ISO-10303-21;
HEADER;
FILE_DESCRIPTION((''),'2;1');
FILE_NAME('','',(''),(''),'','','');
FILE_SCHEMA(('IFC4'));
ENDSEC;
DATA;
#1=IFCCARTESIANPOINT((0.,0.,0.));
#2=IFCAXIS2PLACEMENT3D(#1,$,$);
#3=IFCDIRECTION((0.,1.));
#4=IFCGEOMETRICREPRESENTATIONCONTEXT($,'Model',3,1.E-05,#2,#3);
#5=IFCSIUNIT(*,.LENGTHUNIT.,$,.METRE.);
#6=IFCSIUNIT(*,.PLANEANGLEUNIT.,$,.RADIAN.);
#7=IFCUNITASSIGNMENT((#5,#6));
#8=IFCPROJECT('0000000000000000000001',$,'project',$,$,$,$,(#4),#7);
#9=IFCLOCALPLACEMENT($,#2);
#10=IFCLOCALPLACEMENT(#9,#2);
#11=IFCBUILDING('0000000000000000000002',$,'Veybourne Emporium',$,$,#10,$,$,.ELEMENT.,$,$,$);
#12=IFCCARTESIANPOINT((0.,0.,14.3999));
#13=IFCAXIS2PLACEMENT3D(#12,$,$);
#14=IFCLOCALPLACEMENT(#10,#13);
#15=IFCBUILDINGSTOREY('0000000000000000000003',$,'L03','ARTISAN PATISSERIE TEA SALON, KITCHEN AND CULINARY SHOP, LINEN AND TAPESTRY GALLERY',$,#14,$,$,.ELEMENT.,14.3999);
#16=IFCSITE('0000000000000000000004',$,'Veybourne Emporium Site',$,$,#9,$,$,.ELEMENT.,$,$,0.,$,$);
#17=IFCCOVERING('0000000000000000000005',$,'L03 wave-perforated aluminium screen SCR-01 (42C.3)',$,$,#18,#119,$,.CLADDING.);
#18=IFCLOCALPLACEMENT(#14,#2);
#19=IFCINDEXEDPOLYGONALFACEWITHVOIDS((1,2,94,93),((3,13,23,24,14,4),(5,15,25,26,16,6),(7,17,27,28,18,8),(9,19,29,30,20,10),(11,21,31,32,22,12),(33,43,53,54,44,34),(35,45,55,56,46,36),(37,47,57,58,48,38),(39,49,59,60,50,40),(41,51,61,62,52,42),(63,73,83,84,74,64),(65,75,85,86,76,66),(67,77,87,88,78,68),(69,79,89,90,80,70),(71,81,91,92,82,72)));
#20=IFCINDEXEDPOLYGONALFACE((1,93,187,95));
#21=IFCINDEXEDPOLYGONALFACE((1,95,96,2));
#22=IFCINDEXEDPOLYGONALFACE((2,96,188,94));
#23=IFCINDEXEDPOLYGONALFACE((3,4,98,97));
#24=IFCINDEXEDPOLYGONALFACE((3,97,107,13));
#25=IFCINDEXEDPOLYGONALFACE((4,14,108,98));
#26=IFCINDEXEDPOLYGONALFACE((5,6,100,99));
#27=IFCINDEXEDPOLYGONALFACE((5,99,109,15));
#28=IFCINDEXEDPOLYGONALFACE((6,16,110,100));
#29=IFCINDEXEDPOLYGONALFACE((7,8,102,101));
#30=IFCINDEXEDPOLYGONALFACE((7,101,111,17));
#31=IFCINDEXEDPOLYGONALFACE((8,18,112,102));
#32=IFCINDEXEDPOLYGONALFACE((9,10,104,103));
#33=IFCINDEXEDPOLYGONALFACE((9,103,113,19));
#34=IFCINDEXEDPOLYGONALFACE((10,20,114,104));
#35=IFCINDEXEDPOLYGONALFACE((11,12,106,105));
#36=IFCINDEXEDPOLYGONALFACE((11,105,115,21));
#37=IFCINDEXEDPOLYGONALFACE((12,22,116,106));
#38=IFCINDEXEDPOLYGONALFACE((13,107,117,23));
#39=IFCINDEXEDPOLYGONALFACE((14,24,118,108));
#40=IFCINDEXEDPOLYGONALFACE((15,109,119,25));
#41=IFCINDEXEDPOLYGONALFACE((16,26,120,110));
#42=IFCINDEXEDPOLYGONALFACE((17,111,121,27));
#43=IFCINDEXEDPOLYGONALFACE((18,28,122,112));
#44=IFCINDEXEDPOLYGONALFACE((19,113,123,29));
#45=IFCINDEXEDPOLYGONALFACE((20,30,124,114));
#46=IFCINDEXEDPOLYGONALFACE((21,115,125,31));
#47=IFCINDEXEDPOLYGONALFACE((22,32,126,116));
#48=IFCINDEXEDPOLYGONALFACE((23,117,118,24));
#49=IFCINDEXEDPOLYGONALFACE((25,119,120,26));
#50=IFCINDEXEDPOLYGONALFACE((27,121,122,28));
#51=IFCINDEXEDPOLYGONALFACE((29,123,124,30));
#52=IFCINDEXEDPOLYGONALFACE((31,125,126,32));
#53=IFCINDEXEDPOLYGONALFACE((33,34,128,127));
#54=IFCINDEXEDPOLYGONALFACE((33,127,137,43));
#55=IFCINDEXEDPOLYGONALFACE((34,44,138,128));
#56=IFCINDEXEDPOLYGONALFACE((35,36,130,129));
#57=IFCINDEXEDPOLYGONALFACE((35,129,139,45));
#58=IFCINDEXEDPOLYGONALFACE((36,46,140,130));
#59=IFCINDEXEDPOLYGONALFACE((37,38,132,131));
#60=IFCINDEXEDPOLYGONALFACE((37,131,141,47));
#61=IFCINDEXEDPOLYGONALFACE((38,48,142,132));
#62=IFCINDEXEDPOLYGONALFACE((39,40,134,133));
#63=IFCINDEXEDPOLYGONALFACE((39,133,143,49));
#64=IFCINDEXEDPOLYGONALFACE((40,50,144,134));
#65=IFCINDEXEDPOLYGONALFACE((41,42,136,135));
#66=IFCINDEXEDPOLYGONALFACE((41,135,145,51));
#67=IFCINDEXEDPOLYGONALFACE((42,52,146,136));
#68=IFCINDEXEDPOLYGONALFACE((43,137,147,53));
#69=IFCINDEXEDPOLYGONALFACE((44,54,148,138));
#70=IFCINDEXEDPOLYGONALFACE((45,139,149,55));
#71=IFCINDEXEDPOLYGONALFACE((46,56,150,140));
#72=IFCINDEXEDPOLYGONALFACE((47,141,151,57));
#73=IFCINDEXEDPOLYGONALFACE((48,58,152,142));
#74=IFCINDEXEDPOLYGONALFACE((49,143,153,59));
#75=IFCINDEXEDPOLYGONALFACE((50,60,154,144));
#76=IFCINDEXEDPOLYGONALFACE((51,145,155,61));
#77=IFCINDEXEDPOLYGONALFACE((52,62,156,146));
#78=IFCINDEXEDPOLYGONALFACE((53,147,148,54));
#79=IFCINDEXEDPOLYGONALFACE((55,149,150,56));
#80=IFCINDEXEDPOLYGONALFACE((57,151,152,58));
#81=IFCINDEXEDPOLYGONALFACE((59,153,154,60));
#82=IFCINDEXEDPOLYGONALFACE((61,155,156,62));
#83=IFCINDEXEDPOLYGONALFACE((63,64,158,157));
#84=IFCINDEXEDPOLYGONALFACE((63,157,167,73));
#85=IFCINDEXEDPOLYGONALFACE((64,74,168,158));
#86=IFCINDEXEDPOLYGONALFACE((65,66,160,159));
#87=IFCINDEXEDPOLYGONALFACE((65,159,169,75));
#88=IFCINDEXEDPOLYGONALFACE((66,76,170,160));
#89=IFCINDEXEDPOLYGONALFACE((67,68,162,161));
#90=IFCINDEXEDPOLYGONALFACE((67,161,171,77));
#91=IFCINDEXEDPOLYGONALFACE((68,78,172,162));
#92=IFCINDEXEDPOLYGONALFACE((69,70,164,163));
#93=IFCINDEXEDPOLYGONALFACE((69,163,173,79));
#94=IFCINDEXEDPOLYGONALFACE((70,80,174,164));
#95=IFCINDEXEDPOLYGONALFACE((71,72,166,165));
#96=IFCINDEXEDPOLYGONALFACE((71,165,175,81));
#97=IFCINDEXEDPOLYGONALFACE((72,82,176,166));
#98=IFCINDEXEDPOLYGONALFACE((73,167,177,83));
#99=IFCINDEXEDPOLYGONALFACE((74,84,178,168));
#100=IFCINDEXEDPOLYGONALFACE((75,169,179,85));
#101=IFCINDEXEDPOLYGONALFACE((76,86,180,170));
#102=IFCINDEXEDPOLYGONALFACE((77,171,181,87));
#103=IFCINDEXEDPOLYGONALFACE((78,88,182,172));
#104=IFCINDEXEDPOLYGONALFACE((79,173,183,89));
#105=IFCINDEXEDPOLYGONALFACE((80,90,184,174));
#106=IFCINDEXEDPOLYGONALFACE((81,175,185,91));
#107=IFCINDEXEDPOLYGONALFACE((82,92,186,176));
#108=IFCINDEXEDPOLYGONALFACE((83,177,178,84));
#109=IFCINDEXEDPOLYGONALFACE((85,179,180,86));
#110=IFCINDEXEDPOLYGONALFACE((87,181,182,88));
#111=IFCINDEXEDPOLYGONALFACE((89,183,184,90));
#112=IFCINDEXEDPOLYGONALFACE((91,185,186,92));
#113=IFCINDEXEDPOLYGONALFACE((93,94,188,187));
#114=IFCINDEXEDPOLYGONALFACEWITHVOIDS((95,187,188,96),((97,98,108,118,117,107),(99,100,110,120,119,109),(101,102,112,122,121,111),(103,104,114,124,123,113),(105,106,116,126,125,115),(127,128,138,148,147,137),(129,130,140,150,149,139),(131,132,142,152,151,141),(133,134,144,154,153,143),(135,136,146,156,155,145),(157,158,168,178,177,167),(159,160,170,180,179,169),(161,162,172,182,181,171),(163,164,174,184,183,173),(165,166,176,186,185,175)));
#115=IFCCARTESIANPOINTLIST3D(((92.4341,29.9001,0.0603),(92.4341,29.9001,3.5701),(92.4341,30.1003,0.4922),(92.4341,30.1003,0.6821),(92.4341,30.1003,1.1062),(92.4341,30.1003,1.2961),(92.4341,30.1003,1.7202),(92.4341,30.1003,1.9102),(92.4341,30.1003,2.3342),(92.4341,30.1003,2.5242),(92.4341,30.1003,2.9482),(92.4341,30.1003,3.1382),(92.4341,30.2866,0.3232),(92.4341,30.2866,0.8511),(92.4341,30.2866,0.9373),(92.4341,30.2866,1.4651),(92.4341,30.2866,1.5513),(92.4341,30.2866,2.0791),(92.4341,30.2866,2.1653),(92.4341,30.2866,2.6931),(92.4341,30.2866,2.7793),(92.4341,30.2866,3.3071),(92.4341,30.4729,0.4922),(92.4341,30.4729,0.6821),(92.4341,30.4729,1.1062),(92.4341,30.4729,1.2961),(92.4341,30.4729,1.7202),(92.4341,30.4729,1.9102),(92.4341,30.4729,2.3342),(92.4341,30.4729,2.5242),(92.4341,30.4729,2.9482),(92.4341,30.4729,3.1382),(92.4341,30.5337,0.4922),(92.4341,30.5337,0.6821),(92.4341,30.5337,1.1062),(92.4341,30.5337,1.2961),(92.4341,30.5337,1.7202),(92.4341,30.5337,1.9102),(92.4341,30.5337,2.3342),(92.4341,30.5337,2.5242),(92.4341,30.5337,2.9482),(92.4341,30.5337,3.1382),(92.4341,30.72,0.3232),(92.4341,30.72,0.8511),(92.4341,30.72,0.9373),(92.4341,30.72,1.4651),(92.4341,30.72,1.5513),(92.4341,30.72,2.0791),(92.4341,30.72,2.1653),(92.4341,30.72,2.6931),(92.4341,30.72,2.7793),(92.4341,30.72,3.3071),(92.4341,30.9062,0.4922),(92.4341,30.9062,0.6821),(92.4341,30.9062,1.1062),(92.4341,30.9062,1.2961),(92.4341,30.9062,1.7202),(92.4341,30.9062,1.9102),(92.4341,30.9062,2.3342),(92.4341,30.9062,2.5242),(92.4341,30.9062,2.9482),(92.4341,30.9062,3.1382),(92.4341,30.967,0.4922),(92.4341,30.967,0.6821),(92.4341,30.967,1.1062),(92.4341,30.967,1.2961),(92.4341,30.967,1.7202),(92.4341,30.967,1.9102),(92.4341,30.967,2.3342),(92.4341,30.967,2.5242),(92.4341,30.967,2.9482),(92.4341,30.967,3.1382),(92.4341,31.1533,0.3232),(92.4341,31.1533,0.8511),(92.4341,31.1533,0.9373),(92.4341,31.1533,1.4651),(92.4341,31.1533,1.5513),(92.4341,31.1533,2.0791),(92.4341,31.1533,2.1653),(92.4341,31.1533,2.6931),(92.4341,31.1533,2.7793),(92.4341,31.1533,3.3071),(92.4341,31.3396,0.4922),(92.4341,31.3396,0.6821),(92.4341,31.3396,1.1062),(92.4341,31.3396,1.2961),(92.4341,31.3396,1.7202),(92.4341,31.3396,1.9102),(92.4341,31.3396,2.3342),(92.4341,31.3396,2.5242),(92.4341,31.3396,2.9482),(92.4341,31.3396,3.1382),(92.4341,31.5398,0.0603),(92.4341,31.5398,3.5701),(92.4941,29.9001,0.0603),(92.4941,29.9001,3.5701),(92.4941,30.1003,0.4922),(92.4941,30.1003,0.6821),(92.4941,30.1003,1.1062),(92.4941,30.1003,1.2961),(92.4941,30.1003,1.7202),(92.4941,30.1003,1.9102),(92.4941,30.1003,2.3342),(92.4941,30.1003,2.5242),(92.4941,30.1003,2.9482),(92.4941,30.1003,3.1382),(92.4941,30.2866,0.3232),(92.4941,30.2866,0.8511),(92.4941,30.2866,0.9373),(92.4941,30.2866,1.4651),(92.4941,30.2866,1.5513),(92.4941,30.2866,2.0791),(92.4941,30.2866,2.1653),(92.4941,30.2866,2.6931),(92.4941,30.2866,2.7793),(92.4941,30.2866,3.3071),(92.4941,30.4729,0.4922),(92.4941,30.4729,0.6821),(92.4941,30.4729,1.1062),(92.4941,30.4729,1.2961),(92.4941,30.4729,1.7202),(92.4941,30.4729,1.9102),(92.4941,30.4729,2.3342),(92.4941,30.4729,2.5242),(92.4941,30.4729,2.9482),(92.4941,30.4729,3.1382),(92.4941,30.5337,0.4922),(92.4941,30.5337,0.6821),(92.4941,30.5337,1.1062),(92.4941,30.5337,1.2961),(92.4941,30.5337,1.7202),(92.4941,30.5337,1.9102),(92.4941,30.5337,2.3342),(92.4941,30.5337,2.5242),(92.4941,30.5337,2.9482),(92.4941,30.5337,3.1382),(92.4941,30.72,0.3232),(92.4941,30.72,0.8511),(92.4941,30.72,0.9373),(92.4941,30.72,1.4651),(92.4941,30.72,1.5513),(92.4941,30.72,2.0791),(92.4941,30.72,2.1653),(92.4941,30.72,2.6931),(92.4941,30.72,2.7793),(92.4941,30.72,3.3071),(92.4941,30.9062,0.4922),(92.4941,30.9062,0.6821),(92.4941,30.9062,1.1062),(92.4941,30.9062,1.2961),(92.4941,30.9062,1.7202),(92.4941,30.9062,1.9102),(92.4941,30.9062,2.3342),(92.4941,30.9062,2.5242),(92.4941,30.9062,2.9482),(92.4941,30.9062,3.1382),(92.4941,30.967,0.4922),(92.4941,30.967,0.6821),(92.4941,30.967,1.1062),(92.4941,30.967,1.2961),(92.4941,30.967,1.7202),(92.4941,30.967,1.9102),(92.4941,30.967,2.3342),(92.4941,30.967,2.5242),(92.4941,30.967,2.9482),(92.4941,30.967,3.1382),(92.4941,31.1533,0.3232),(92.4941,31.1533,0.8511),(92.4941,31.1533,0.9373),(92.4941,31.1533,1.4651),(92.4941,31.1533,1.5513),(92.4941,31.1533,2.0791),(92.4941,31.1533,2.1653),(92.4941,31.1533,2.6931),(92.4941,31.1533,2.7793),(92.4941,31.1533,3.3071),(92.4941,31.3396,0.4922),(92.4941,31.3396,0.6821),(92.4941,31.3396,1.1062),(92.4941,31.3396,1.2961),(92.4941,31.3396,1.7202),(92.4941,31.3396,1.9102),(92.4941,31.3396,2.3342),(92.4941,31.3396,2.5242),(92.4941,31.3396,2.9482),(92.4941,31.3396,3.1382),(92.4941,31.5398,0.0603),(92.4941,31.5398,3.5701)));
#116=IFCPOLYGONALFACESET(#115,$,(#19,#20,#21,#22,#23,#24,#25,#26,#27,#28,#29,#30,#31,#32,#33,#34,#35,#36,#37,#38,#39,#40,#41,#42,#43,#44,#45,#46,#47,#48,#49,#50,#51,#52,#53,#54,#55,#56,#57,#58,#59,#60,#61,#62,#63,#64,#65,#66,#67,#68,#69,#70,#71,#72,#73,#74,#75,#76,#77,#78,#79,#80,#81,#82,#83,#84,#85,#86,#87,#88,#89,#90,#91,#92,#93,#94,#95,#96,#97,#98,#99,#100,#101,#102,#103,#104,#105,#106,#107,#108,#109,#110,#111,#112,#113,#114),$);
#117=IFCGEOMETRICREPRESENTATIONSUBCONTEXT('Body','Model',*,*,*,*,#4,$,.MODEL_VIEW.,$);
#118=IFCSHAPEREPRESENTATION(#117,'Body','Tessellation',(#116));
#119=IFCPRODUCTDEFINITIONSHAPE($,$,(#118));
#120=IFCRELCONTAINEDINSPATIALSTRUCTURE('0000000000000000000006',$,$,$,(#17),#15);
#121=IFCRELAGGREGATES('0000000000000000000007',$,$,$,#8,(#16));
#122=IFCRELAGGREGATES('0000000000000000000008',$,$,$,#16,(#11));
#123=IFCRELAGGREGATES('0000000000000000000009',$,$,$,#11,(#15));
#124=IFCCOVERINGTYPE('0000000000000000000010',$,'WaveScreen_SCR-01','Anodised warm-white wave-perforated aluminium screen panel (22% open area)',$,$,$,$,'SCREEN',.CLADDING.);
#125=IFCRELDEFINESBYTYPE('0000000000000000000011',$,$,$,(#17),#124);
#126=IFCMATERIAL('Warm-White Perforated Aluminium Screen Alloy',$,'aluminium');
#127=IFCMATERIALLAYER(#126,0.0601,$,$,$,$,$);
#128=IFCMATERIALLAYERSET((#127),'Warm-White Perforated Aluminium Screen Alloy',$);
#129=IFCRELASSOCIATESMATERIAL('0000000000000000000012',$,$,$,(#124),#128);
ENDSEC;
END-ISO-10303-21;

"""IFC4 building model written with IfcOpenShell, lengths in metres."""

from ifc_helpers import new_model, si_unit, direction, frame, origin, place, context, subcontext, project, spatial, polyline, outline, extrude, material, layer, layer_set, type_object, element, save


model = new_model("IFC4")

# Units and contexts
model_context = context("Model", 3, precision=1e-05, world=origin(), true_north=direction((0.0, 1.0)))
body_context = subcontext(model_context, "Body", "Model", "MODEL_VIEW")
ifc_project = project(units=[si_unit("LENGTHUNIT", "METRE"), si_unit("PLANEANGLEUNIT", "RADIAN")], contexts=[model_context])

# Site, building, storey
site_placement = place(None, origin())
site = spatial("IfcSite", under=ifc_project, at=site_placement, Name="Veybourne Emporium Site", CompositionType="ELEMENT", RefElevation=0.0)
building_placement = place(site_placement, origin())
building = spatial("IfcBuilding", under=site, at=building_placement, Name="Veybourne Emporium", CompositionType="ELEMENT")
storey_placement = place(building_placement, frame((0.0, 0.0, 14.3999)))
storey = spatial("IfcBuildingStorey", under=building, at=storey_placement, Name="L03", Description="ARTISAN PATISSERIE TEA SALON, KITCHEN AND CULINARY SHOP, LINEN AND TAPESTRY GALLERY", CompositionType="ELEMENT", Elevation=14.3999)

# Covering
ifc_material_1 = material(Name="Warm-White Perforated Aluminium Screen Alloy", Category="aluminium")
ifc_layer_1 = layer(ifc_material_1, 0.0601)
ifc_layer_set_1 = layer_set([ifc_layer_1], Name="Warm-White Perforated Aluminium Screen Alloy")
covering_type_1 = type_object("IfcCoveringType", Name="WaveScreen_SCR-01", Description="Anodised warm-white wave-perforated aluminium screen panel (22% open area)", ElementType="SCREEN", PredefinedType="CLADDING", material=ifc_layer_set_1)
covering_1_placement = place(storey_placement, frame((92.4941, 30.72, 1.8152), z_axis=(-1.0, 0.0, 0.0), x_axis=(0.0, -1.0, 0.0)))
element("IfcCovering", 1, at=covering_1_placement, inside=storey, type_object=covering_type_1, Name="L03 wave-perforated aluminium screen SCR-01 (42C.3)", PredefinedType="CLADDING", context=body_context, shape_type="SweptSolid", body=[
    extrude(outline(polyline([(-0.8198, -1.7549), (0.8198, -1.7549), (0.8198, 1.7549), (-0.8198, 1.7549), (-0.8198, -1.7549)]), holes=[polyline([(-0.4333, -0.9641), (-0.2471, -1.1331), (-0.2471, -1.323), (-0.4333, -1.4919), (-0.6196, -1.323), (-0.6196, -1.1331), (-0.4333, -0.9641)]), polyline([(-0.4333, -0.3501), (-0.2471, -0.519), (-0.2471, -0.709), (-0.4333, -0.8779), (-0.6196, -0.709), (-0.6196, -0.519), (-0.4333, -0.3501)]), polyline([(-0.4333, 0.2639), (-0.2471, 0.095), (-0.2471, -0.095), (-0.4333, -0.2639), (-0.6196, -0.095), (-0.6196, 0.095), (-0.4333, 0.2639)]), polyline([(-0.4333, 0.8779), (-0.2471, 0.709), (-0.2471, 0.519), (-0.4333, 0.3501), (-0.6196, 0.519), (-0.6196, 0.709), (-0.4333, 0.8779)]), polyline([(-0.4333, 1.4919), (-0.2471, 1.323), (-0.2471, 1.1331), (-0.4333, 0.9641), (-0.6196, 1.1331), (-0.6196, 1.323), (-0.4333, 1.4919)]), polyline([(0.0, -0.9641), (0.1863, -1.1331), (0.1863, -1.323), (0.0, -1.4919), (-0.1863, -1.323), (-0.1863, -1.1331), (0.0, -0.9641)]), polyline([(0.0, -0.3501), (0.1863, -0.519), (0.1863, -0.709), (0.0, -0.8779), (-0.1863, -0.709), (-0.1863, -0.519), (0.0, -0.3501)]), polyline([(0.0, 0.2639), (0.1863, 0.095), (0.1863, -0.095), (0.0, -0.2639), (-0.1863, -0.095), (-0.1863, 0.095), (0.0, 0.2639)]), polyline([(0.0, 0.8779), (0.1863, 0.709), (0.1863, 0.519), (0.0, 0.3501), (-0.1863, 0.519), (-0.1863, 0.709), (0.0, 0.8779)]), polyline([(0.0, 1.4919), (0.1863, 1.323), (0.1863, 1.1331), (0.0, 0.9641), (-0.1863, 1.1331), (-0.1863, 1.323), (0.0, 1.4919)]), polyline([(0.4333, -0.9641), (0.6196, -1.1331), (0.6196, -1.323), (0.4333, -1.4919), (0.2471, -1.323), (0.2471, -1.1331), (0.4333, -0.9641)]), polyline([(0.4333, -0.3501), (0.6196, -0.519), (0.6196, -0.709), (0.4333, -0.8779), (0.2471, -0.709), (0.2471, -0.519), (0.4333, -0.3501)]), polyline([(0.4333, 0.2639), (0.6196, 0.095), (0.6196, -0.095), (0.4333, -0.2639), (0.2471, -0.095), (0.2471, 0.095), (0.4333, 0.2639)]), polyline([(0.4333, 0.8779), (0.6196, 0.709), (0.6196, 0.519), (0.4333, 0.3501), (0.2471, 0.519), (0.2471, 0.709), (0.4333, 0.8779)]), polyline([(0.4333, 1.4919), (0.6196, 1.323), (0.6196, 1.1331), (0.4333, 0.9641), (0.2471, 1.1331), (0.2471, 1.323), (0.4333, 1.4919)])]), origin(), (0.0, 0.0, 1.0), 0.0601),
])

save(model, "model.ifc")
